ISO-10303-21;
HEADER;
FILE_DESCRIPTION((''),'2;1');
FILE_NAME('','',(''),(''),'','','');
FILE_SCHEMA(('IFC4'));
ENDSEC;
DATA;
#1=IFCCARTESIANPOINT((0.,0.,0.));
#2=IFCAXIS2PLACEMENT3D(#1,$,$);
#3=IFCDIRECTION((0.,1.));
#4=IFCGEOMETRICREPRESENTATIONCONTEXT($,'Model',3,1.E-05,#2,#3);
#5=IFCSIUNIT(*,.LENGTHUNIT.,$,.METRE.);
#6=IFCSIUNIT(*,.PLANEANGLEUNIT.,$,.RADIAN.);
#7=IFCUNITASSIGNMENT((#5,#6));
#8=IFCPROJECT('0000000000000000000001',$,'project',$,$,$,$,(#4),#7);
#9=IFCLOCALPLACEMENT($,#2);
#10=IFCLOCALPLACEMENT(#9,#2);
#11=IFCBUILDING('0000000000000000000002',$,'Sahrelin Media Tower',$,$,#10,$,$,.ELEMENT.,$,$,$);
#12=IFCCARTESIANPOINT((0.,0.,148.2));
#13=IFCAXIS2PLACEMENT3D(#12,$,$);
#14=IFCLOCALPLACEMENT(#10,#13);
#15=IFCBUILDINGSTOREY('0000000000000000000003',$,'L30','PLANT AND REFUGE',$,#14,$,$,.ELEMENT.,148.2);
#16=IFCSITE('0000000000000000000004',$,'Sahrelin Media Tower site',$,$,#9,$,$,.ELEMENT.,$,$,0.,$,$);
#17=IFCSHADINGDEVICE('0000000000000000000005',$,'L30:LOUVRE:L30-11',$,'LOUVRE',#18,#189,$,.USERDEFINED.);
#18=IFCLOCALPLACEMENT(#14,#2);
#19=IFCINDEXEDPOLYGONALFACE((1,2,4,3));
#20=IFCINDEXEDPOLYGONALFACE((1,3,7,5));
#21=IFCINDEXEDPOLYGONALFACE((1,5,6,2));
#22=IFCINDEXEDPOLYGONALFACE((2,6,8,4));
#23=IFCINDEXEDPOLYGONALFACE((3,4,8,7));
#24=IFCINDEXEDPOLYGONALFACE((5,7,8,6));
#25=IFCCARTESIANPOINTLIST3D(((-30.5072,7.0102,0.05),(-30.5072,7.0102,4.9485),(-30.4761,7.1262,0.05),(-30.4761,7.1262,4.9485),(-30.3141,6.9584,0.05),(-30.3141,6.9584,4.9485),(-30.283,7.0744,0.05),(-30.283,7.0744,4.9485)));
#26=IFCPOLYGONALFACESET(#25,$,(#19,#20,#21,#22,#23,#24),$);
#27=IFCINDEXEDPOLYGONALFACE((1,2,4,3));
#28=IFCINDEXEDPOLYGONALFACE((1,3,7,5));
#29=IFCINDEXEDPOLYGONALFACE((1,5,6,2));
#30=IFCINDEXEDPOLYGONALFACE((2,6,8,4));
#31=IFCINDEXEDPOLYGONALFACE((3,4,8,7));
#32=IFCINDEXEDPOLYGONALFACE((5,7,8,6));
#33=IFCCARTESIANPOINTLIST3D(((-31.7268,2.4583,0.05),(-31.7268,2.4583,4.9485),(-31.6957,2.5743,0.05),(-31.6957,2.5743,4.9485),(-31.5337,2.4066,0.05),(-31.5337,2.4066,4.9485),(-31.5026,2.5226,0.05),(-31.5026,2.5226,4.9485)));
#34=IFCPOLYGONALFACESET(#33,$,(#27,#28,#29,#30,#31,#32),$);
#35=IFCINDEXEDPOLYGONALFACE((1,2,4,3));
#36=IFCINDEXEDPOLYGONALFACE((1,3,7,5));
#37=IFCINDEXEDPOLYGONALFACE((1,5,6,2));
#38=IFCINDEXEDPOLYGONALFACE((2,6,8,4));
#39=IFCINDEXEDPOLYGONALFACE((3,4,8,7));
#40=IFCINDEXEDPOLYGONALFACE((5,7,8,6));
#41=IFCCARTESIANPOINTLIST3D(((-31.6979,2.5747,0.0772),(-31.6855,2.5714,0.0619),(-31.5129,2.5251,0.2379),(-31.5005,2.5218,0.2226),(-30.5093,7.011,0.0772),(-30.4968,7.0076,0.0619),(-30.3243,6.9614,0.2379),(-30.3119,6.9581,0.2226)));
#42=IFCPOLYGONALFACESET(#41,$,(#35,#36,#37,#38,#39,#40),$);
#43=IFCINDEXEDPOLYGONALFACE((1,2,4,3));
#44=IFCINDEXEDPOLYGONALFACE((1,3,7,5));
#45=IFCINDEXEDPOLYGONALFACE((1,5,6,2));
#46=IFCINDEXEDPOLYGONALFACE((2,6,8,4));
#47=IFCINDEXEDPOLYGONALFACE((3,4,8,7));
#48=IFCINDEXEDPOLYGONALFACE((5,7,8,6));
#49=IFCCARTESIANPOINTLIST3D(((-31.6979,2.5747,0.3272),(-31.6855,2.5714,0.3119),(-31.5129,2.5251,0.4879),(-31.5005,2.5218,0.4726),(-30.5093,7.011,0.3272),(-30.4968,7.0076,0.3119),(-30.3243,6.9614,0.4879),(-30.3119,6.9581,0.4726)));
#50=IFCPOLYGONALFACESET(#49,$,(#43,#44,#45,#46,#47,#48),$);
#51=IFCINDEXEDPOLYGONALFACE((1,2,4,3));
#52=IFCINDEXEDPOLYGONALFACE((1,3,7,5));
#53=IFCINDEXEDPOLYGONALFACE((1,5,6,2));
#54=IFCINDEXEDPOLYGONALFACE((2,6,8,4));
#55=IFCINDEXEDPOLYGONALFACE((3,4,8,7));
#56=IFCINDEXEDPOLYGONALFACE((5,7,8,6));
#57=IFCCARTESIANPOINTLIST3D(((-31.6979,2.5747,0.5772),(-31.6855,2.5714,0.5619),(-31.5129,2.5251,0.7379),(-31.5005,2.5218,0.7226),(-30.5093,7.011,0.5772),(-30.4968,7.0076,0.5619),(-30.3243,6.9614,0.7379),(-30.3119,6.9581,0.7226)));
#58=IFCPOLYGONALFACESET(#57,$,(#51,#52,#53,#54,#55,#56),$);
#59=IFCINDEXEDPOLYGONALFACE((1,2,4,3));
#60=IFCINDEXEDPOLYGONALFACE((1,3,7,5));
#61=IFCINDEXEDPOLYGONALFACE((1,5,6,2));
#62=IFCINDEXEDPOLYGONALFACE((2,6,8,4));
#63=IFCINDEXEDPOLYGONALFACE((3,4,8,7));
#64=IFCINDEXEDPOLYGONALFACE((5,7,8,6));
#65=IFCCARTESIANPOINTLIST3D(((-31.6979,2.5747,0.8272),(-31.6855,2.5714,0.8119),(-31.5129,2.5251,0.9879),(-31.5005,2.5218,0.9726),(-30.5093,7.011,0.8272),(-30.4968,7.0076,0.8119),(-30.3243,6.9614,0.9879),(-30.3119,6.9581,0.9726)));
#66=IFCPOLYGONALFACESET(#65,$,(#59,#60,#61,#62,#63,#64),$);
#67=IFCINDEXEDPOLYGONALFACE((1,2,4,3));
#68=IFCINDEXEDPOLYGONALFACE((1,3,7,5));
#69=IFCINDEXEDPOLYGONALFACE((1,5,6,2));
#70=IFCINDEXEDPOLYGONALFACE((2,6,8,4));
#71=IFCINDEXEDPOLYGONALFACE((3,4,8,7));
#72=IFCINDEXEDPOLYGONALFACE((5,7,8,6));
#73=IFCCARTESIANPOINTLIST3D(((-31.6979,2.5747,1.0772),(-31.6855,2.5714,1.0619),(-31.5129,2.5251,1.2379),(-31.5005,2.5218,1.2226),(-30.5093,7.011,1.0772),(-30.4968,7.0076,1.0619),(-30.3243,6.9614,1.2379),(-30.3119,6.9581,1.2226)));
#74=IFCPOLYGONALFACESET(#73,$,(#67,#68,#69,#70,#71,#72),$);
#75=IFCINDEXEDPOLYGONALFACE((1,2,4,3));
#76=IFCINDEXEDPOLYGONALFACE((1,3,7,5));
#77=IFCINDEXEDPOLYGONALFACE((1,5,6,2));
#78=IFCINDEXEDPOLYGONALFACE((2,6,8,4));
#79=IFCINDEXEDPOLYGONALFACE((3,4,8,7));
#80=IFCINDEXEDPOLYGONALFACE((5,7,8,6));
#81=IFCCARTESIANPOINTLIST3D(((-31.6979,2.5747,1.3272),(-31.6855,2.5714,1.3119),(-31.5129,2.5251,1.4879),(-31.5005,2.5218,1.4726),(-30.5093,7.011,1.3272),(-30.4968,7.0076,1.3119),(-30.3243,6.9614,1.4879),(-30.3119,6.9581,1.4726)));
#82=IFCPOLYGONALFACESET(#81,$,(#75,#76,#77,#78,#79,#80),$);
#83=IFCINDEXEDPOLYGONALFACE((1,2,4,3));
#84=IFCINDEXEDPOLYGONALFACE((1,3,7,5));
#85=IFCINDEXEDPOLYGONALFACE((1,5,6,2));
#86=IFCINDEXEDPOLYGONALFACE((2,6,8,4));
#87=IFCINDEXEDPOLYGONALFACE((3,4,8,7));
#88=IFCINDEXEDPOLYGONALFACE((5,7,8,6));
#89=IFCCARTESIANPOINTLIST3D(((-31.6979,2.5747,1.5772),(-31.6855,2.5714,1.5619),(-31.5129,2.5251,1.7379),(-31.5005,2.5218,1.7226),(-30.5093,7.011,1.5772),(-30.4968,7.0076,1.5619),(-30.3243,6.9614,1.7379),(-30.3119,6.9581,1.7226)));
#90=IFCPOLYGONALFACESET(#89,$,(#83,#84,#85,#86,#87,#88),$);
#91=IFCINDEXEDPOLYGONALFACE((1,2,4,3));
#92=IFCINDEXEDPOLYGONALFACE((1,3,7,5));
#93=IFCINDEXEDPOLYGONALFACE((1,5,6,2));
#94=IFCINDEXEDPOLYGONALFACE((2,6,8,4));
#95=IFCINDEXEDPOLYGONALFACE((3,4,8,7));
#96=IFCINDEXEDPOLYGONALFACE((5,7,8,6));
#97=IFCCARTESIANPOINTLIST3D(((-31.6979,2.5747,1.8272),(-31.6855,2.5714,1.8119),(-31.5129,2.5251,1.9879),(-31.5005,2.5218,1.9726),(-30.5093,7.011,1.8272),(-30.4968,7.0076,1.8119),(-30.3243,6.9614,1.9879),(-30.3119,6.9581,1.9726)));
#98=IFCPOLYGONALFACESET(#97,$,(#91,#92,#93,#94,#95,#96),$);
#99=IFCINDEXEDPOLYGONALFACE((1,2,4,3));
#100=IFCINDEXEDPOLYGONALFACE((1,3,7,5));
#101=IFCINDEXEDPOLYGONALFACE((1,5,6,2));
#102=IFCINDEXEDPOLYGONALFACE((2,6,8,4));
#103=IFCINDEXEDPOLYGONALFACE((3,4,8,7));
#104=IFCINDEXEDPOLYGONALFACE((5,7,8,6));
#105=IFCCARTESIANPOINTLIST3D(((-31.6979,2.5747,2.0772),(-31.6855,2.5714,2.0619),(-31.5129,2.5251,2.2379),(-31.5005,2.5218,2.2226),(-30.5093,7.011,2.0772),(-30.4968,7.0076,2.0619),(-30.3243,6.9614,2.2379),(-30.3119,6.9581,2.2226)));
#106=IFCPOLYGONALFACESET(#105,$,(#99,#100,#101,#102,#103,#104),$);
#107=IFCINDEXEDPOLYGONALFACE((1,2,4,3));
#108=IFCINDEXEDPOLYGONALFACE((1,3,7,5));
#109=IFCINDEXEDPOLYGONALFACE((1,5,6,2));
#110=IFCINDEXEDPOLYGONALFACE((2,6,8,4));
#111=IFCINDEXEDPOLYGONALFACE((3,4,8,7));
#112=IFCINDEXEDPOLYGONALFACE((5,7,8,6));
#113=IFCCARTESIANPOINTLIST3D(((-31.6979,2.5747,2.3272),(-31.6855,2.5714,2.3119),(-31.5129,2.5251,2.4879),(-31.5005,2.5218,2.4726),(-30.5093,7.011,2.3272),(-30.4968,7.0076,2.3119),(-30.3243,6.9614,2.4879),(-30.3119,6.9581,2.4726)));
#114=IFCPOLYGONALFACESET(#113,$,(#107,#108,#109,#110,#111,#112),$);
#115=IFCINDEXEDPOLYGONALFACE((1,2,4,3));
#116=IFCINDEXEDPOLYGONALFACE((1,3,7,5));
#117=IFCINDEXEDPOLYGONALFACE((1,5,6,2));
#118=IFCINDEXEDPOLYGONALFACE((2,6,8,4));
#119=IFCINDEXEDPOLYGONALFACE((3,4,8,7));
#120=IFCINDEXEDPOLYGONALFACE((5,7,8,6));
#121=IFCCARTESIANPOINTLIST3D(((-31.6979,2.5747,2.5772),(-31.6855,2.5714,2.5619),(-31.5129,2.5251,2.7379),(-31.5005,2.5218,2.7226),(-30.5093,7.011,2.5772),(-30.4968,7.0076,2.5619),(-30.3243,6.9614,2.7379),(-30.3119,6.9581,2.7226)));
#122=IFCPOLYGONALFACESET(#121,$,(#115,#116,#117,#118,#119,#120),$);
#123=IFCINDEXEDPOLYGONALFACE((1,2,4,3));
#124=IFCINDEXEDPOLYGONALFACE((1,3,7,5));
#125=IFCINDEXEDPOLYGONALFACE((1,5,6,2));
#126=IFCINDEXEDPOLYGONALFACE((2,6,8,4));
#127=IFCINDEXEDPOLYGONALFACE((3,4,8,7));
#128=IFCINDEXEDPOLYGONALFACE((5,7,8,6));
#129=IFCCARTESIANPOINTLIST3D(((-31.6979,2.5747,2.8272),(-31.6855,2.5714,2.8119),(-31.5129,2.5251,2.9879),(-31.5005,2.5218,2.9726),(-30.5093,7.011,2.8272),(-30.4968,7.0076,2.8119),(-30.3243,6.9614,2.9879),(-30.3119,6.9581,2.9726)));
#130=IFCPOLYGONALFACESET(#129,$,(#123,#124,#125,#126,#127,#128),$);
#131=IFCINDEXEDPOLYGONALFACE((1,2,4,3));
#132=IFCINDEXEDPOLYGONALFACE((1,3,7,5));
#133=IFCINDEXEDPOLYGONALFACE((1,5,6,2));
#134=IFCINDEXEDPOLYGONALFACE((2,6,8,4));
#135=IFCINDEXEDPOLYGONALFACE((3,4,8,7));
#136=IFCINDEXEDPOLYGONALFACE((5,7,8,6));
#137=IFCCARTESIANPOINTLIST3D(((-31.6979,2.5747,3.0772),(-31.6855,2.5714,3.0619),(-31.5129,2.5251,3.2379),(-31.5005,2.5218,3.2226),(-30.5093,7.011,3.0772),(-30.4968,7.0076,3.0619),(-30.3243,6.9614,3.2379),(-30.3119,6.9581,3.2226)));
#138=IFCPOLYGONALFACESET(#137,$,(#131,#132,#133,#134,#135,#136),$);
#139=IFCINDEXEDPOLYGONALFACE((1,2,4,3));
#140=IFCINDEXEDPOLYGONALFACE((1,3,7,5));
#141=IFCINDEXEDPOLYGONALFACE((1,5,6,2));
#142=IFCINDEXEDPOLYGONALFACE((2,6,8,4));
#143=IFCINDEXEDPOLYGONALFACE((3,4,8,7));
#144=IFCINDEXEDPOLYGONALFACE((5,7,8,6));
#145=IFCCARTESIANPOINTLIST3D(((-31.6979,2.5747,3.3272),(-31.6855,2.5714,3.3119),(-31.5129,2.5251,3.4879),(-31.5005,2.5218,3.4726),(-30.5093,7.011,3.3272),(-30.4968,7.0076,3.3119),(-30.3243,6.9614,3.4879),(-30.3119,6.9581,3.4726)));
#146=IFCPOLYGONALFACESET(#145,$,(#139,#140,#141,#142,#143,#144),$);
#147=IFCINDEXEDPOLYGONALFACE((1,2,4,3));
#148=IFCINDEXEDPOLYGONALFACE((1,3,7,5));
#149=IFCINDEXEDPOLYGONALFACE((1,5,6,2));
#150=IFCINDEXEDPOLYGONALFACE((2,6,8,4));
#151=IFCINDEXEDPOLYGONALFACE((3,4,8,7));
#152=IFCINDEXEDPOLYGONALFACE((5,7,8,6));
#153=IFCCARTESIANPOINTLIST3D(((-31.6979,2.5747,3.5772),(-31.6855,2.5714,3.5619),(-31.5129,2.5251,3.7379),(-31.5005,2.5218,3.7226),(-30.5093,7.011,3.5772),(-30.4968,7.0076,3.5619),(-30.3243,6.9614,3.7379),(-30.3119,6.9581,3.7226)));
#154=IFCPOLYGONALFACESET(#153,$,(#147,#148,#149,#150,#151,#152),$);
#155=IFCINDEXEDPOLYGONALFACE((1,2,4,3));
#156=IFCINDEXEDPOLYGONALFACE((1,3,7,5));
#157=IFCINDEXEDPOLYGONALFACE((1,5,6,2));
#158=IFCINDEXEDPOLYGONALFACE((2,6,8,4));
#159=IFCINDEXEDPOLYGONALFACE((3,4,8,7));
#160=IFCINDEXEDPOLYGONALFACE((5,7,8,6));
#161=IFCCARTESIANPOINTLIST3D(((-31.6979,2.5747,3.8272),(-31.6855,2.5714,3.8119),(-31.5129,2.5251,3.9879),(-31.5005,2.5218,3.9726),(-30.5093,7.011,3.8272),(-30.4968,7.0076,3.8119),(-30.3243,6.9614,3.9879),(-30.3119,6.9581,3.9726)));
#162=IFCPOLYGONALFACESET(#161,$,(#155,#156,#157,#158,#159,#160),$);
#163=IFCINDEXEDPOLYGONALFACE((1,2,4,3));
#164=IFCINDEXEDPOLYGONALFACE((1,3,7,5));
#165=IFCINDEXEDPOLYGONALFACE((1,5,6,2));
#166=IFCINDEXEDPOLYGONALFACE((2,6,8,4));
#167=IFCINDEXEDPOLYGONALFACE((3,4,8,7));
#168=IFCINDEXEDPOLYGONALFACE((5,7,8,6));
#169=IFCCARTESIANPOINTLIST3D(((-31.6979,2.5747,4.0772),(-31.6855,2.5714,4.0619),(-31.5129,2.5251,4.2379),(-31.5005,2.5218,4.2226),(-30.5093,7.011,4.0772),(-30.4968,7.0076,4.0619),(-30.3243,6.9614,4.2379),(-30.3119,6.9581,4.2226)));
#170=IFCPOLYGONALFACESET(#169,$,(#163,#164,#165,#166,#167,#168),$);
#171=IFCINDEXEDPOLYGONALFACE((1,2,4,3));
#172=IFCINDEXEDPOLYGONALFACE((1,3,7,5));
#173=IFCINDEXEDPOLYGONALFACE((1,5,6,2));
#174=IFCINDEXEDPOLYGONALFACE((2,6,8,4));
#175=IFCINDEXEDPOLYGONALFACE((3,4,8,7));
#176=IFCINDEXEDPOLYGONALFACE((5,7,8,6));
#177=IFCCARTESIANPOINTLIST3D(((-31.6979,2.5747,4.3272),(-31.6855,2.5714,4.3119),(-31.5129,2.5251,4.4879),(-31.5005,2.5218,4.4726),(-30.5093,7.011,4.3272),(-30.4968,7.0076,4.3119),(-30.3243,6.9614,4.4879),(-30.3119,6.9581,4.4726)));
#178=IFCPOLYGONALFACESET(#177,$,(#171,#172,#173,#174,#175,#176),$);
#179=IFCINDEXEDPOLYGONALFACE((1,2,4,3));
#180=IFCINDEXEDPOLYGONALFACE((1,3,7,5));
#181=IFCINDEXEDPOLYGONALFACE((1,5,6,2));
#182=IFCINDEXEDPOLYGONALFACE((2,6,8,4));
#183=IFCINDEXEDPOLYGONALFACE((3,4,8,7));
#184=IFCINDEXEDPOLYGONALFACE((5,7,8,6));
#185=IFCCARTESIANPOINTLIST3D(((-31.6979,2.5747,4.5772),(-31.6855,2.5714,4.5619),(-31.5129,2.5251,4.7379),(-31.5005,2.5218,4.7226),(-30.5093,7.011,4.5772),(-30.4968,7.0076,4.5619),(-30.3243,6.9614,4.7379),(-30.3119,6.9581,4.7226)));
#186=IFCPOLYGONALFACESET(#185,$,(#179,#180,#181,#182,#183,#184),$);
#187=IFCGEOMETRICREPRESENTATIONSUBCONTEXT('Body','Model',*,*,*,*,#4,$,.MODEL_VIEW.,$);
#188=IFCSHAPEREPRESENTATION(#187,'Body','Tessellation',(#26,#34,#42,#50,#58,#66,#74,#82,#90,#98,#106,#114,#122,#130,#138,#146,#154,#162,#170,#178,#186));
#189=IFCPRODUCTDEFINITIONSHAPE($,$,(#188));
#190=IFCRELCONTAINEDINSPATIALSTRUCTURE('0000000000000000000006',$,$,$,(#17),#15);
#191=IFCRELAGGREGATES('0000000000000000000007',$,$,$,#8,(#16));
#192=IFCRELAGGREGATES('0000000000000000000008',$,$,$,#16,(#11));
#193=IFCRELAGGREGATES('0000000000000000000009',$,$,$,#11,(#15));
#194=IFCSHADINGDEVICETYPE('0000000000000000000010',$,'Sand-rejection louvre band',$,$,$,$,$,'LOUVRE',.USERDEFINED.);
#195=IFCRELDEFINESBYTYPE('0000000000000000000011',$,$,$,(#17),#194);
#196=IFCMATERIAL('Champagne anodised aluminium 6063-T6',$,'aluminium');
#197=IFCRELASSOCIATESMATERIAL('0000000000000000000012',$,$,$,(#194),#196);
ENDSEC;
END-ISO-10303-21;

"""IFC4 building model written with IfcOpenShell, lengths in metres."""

from ifc_helpers import new_model, si_unit, direction, frame, origin, origin_2d, place, context, subcontext, project, spatial, rectangle, extrude, material, type_object, element, save


model = new_model("IFC4")

# Units and contexts
model_context = context("Model", 3, precision=1e-05, world=origin(), true_north=direction((0.0, 1.0)))
body_context = subcontext(model_context, "Body", "Model", "MODEL_VIEW")
ifc_project = project(units=[si_unit("LENGTHUNIT", "METRE"), si_unit("PLANEANGLEUNIT", "RADIAN")], contexts=[model_context])

# Site, building, storey
site_placement = place(None, origin())
site = spatial("IfcSite", under=ifc_project, at=site_placement, Name="Sahrelin Media Tower site", CompositionType="ELEMENT", RefElevation=0.0)
building_placement = place(site_placement, origin())
building = spatial("IfcBuilding", under=site, at=building_placement, Name="Sahrelin Media Tower", CompositionType="ELEMENT")
storey_placement = place(building_placement, frame((0.0, 0.0, 148.2)))
storey = spatial("IfcBuildingStorey", under=building, at=storey_placement, Name="L30", Description="PLANT AND REFUGE", CompositionType="ELEMENT", Elevation=148.2)

# Shading device
ifc_material_1 = material(Name="Champagne anodised aluminium 6063-T6", Category="aluminium")
shading_device_type = type_object("IfcShadingDeviceType", Name="Sand-rejection louvre band", ElementType="LOUVRE", PredefinedType="USERDEFINED", material=ifc_material_1)
shading_device_1_placement = place(storey_placement, frame((-30.9082, 4.7405, 0.0), z_axis=(0.0, 0.0, 1.0), x_axis=(0.258808, 0.965929, 0.0)))
element("IfcShadingDevice", 1, at=shading_device_1_placement, inside=storey, type_object=shading_device_type, Name="L30:LOUVRE:L30-11", ObjectType="LOUVRE", PredefinedType="USERDEFINED", context=body_context, shape_type="SweptSolid", body=[
    extrude(rectangle(XDim=0.1201, YDim=0.2, at=origin_2d()), frame((2.3562, 0.1001, 0.05), z_axis=(0.0, 0.0, 1.0), x_axis=(1.0, 0.0, 0.0)), (0.0, 0.0, 1.0), 4.8984),
    extrude(rectangle(XDim=0.1201, YDim=0.2, at=origin_2d()), frame((-2.3562, 0.1001, 0.05), z_axis=(0.0, 0.0, 1.0), x_axis=(1.0, 0.0, 0.0)), (0.0, 0.0, 1.0), 4.8984),
    extrude(rectangle(XDim=0.25, YDim=0.02, at=origin_2d()), frame((2.2964, 0.1001, 0.1499), z_axis=(-1.0, 0.0, 0.0), x_axis=(0.0, -0.766044, 0.642788)), (0.0, 0.0, 1.0), 4.5928),
    extrude(rectangle(XDim=0.25, YDim=0.02, at=origin_2d()), frame((2.2964, 0.1001, 0.3999), z_axis=(-1.0, 0.0, 0.0), x_axis=(0.0, -0.766044, 0.642788)), (0.0, 0.0, 1.0), 4.5928),
    extrude(rectangle(XDim=0.25, YDim=0.02, at=origin_2d()), frame((2.2964, 0.1001, 0.6499), z_axis=(-1.0, 0.0, 0.0), x_axis=(0.0, -0.766044, 0.642788)), (0.0, 0.0, 1.0), 4.5928),
    extrude(rectangle(XDim=0.25, YDim=0.02, at=origin_2d()), frame((2.2964, 0.1001, 0.8999), z_axis=(-1.0, 0.0, 0.0), x_axis=(0.0, -0.766044, 0.642788)), (0.0, 0.0, 1.0), 4.5928),
    extrude(rectangle(XDim=0.25, YDim=0.02, at=origin_2d()), frame((2.2964, 0.1001, 1.1499), z_axis=(-1.0, 0.0, 0.0), x_axis=(0.0, -0.766044, 0.642788)), (0.0, 0.0, 1.0), 4.5928),
    extrude(rectangle(XDim=0.25, YDim=0.02, at=origin_2d()), frame((2.2964, 0.1001, 1.3999), z_axis=(-1.0, 0.0, 0.0), x_axis=(0.0, -0.766044, 0.642788)), (0.0, 0.0, 1.0), 4.5928),
    extrude(rectangle(XDim=0.25, YDim=0.02, at=origin_2d()), frame((2.2964, 0.1001, 1.6499), z_axis=(-1.0, 0.0, 0.0), x_axis=(0.0, -0.766044, 0.642788)), (0.0, 0.0, 1.0), 4.5928),
    extrude(rectangle(XDim=0.25, YDim=0.02, at=origin_2d()), frame((2.2964, 0.1001, 1.8999), z_axis=(-1.0, 0.0, 0.0), x_axis=(0.0, -0.766044, 0.642788)), (0.0, 0.0, 1.0), 4.5928),
    extrude(rectangle(XDim=0.25, YDim=0.02, at=origin_2d()), frame((2.2964, 0.1001, 2.1499), z_axis=(-1.0, 0.0, 0.0), x_axis=(0.0, -0.766044, 0.642788)), (0.0, 0.0, 1.0), 4.5928),
    extrude(rectangle(XDim=0.25, YDim=0.02, at=origin_2d()), frame((2.2964, 0.1001, 2.3999), z_axis=(-1.0, 0.0, 0.0), x_axis=(0.0, -0.766044, 0.642788)), (0.0, 0.0, 1.0), 4.5928),
    extrude(rectangle(XDim=0.25, YDim=0.02, at=origin_2d()), frame((2.2964, 0.1001, 2.6499), z_axis=(-1.0, 0.0, 0.0), x_axis=(0.0, -0.766044, 0.642788)), (0.0, 0.0, 1.0), 4.5928),
    extrude(rectangle(XDim=0.25, YDim=0.02, at=origin_2d()), frame((2.2964, 0.1001, 2.8999), z_axis=(-1.0, 0.0, 0.0), x_axis=(0.0, -0.766044, 0.642788)), (0.0, 0.0, 1.0), 4.5928),
    extrude(rectangle(XDim=0.25, YDim=0.02, at=origin_2d()), frame((2.2964, 0.1001, 3.1499), z_axis=(-1.0, 0.0, 0.0), x_axis=(0.0, -0.766044, 0.642788)), (0.0, 0.0, 1.0), 4.5928),
    extrude(rectangle(XDim=0.25, YDim=0.02, at=origin_2d()), frame((2.2964, 0.1001, 3.3999), z_axis=(-1.0, 0.0, 0.0), x_axis=(0.0, -0.766044, 0.642788)), (0.0, 0.0, 1.0), 4.5928),
    extrude(rectangle(XDim=0.25, YDim=0.02, at=origin_2d()), frame((2.2964, 0.1001, 3.6499), z_axis=(-1.0, 0.0, 0.0), x_axis=(0.0, -0.766044, 0.642788)), (0.0, 0.0, 1.0), 4.5928),
    extrude(rectangle(XDim=0.25, YDim=0.02, at=origin_2d()), frame((2.2964, 0.1001, 3.8999), z_axis=(-1.0, 0.0, 0.0), x_axis=(0.0, -0.766044, 0.642788)), (0.0, 0.0, 1.0), 4.5928),
    extrude(rectangle(XDim=0.25, YDim=0.02, at=origin_2d()), frame((2.2964, 0.1001, 4.1499), z_axis=(-1.0, 0.0, 0.0), x_axis=(0.0, -0.766044, 0.642788)), (0.0, 0.0, 1.0), 4.5928),
    extrude(rectangle(XDim=0.25, YDim=0.02, at=origin_2d()), frame((2.2964, 0.1001, 4.3999), z_axis=(-1.0, 0.0, 0.0), x_axis=(0.0, -0.766044, 0.642788)), (0.0, 0.0, 1.0), 4.5928),
    extrude(rectangle(XDim=0.25, YDim=0.02, at=origin_2d()), frame((2.2964, 0.1001, 4.6499), z_axis=(-1.0, 0.0, 0.0), x_axis=(0.0, -0.766044, 0.642788)), (0.0, 0.0, 1.0), 4.5928),
])

save(model, "model.ifc")
